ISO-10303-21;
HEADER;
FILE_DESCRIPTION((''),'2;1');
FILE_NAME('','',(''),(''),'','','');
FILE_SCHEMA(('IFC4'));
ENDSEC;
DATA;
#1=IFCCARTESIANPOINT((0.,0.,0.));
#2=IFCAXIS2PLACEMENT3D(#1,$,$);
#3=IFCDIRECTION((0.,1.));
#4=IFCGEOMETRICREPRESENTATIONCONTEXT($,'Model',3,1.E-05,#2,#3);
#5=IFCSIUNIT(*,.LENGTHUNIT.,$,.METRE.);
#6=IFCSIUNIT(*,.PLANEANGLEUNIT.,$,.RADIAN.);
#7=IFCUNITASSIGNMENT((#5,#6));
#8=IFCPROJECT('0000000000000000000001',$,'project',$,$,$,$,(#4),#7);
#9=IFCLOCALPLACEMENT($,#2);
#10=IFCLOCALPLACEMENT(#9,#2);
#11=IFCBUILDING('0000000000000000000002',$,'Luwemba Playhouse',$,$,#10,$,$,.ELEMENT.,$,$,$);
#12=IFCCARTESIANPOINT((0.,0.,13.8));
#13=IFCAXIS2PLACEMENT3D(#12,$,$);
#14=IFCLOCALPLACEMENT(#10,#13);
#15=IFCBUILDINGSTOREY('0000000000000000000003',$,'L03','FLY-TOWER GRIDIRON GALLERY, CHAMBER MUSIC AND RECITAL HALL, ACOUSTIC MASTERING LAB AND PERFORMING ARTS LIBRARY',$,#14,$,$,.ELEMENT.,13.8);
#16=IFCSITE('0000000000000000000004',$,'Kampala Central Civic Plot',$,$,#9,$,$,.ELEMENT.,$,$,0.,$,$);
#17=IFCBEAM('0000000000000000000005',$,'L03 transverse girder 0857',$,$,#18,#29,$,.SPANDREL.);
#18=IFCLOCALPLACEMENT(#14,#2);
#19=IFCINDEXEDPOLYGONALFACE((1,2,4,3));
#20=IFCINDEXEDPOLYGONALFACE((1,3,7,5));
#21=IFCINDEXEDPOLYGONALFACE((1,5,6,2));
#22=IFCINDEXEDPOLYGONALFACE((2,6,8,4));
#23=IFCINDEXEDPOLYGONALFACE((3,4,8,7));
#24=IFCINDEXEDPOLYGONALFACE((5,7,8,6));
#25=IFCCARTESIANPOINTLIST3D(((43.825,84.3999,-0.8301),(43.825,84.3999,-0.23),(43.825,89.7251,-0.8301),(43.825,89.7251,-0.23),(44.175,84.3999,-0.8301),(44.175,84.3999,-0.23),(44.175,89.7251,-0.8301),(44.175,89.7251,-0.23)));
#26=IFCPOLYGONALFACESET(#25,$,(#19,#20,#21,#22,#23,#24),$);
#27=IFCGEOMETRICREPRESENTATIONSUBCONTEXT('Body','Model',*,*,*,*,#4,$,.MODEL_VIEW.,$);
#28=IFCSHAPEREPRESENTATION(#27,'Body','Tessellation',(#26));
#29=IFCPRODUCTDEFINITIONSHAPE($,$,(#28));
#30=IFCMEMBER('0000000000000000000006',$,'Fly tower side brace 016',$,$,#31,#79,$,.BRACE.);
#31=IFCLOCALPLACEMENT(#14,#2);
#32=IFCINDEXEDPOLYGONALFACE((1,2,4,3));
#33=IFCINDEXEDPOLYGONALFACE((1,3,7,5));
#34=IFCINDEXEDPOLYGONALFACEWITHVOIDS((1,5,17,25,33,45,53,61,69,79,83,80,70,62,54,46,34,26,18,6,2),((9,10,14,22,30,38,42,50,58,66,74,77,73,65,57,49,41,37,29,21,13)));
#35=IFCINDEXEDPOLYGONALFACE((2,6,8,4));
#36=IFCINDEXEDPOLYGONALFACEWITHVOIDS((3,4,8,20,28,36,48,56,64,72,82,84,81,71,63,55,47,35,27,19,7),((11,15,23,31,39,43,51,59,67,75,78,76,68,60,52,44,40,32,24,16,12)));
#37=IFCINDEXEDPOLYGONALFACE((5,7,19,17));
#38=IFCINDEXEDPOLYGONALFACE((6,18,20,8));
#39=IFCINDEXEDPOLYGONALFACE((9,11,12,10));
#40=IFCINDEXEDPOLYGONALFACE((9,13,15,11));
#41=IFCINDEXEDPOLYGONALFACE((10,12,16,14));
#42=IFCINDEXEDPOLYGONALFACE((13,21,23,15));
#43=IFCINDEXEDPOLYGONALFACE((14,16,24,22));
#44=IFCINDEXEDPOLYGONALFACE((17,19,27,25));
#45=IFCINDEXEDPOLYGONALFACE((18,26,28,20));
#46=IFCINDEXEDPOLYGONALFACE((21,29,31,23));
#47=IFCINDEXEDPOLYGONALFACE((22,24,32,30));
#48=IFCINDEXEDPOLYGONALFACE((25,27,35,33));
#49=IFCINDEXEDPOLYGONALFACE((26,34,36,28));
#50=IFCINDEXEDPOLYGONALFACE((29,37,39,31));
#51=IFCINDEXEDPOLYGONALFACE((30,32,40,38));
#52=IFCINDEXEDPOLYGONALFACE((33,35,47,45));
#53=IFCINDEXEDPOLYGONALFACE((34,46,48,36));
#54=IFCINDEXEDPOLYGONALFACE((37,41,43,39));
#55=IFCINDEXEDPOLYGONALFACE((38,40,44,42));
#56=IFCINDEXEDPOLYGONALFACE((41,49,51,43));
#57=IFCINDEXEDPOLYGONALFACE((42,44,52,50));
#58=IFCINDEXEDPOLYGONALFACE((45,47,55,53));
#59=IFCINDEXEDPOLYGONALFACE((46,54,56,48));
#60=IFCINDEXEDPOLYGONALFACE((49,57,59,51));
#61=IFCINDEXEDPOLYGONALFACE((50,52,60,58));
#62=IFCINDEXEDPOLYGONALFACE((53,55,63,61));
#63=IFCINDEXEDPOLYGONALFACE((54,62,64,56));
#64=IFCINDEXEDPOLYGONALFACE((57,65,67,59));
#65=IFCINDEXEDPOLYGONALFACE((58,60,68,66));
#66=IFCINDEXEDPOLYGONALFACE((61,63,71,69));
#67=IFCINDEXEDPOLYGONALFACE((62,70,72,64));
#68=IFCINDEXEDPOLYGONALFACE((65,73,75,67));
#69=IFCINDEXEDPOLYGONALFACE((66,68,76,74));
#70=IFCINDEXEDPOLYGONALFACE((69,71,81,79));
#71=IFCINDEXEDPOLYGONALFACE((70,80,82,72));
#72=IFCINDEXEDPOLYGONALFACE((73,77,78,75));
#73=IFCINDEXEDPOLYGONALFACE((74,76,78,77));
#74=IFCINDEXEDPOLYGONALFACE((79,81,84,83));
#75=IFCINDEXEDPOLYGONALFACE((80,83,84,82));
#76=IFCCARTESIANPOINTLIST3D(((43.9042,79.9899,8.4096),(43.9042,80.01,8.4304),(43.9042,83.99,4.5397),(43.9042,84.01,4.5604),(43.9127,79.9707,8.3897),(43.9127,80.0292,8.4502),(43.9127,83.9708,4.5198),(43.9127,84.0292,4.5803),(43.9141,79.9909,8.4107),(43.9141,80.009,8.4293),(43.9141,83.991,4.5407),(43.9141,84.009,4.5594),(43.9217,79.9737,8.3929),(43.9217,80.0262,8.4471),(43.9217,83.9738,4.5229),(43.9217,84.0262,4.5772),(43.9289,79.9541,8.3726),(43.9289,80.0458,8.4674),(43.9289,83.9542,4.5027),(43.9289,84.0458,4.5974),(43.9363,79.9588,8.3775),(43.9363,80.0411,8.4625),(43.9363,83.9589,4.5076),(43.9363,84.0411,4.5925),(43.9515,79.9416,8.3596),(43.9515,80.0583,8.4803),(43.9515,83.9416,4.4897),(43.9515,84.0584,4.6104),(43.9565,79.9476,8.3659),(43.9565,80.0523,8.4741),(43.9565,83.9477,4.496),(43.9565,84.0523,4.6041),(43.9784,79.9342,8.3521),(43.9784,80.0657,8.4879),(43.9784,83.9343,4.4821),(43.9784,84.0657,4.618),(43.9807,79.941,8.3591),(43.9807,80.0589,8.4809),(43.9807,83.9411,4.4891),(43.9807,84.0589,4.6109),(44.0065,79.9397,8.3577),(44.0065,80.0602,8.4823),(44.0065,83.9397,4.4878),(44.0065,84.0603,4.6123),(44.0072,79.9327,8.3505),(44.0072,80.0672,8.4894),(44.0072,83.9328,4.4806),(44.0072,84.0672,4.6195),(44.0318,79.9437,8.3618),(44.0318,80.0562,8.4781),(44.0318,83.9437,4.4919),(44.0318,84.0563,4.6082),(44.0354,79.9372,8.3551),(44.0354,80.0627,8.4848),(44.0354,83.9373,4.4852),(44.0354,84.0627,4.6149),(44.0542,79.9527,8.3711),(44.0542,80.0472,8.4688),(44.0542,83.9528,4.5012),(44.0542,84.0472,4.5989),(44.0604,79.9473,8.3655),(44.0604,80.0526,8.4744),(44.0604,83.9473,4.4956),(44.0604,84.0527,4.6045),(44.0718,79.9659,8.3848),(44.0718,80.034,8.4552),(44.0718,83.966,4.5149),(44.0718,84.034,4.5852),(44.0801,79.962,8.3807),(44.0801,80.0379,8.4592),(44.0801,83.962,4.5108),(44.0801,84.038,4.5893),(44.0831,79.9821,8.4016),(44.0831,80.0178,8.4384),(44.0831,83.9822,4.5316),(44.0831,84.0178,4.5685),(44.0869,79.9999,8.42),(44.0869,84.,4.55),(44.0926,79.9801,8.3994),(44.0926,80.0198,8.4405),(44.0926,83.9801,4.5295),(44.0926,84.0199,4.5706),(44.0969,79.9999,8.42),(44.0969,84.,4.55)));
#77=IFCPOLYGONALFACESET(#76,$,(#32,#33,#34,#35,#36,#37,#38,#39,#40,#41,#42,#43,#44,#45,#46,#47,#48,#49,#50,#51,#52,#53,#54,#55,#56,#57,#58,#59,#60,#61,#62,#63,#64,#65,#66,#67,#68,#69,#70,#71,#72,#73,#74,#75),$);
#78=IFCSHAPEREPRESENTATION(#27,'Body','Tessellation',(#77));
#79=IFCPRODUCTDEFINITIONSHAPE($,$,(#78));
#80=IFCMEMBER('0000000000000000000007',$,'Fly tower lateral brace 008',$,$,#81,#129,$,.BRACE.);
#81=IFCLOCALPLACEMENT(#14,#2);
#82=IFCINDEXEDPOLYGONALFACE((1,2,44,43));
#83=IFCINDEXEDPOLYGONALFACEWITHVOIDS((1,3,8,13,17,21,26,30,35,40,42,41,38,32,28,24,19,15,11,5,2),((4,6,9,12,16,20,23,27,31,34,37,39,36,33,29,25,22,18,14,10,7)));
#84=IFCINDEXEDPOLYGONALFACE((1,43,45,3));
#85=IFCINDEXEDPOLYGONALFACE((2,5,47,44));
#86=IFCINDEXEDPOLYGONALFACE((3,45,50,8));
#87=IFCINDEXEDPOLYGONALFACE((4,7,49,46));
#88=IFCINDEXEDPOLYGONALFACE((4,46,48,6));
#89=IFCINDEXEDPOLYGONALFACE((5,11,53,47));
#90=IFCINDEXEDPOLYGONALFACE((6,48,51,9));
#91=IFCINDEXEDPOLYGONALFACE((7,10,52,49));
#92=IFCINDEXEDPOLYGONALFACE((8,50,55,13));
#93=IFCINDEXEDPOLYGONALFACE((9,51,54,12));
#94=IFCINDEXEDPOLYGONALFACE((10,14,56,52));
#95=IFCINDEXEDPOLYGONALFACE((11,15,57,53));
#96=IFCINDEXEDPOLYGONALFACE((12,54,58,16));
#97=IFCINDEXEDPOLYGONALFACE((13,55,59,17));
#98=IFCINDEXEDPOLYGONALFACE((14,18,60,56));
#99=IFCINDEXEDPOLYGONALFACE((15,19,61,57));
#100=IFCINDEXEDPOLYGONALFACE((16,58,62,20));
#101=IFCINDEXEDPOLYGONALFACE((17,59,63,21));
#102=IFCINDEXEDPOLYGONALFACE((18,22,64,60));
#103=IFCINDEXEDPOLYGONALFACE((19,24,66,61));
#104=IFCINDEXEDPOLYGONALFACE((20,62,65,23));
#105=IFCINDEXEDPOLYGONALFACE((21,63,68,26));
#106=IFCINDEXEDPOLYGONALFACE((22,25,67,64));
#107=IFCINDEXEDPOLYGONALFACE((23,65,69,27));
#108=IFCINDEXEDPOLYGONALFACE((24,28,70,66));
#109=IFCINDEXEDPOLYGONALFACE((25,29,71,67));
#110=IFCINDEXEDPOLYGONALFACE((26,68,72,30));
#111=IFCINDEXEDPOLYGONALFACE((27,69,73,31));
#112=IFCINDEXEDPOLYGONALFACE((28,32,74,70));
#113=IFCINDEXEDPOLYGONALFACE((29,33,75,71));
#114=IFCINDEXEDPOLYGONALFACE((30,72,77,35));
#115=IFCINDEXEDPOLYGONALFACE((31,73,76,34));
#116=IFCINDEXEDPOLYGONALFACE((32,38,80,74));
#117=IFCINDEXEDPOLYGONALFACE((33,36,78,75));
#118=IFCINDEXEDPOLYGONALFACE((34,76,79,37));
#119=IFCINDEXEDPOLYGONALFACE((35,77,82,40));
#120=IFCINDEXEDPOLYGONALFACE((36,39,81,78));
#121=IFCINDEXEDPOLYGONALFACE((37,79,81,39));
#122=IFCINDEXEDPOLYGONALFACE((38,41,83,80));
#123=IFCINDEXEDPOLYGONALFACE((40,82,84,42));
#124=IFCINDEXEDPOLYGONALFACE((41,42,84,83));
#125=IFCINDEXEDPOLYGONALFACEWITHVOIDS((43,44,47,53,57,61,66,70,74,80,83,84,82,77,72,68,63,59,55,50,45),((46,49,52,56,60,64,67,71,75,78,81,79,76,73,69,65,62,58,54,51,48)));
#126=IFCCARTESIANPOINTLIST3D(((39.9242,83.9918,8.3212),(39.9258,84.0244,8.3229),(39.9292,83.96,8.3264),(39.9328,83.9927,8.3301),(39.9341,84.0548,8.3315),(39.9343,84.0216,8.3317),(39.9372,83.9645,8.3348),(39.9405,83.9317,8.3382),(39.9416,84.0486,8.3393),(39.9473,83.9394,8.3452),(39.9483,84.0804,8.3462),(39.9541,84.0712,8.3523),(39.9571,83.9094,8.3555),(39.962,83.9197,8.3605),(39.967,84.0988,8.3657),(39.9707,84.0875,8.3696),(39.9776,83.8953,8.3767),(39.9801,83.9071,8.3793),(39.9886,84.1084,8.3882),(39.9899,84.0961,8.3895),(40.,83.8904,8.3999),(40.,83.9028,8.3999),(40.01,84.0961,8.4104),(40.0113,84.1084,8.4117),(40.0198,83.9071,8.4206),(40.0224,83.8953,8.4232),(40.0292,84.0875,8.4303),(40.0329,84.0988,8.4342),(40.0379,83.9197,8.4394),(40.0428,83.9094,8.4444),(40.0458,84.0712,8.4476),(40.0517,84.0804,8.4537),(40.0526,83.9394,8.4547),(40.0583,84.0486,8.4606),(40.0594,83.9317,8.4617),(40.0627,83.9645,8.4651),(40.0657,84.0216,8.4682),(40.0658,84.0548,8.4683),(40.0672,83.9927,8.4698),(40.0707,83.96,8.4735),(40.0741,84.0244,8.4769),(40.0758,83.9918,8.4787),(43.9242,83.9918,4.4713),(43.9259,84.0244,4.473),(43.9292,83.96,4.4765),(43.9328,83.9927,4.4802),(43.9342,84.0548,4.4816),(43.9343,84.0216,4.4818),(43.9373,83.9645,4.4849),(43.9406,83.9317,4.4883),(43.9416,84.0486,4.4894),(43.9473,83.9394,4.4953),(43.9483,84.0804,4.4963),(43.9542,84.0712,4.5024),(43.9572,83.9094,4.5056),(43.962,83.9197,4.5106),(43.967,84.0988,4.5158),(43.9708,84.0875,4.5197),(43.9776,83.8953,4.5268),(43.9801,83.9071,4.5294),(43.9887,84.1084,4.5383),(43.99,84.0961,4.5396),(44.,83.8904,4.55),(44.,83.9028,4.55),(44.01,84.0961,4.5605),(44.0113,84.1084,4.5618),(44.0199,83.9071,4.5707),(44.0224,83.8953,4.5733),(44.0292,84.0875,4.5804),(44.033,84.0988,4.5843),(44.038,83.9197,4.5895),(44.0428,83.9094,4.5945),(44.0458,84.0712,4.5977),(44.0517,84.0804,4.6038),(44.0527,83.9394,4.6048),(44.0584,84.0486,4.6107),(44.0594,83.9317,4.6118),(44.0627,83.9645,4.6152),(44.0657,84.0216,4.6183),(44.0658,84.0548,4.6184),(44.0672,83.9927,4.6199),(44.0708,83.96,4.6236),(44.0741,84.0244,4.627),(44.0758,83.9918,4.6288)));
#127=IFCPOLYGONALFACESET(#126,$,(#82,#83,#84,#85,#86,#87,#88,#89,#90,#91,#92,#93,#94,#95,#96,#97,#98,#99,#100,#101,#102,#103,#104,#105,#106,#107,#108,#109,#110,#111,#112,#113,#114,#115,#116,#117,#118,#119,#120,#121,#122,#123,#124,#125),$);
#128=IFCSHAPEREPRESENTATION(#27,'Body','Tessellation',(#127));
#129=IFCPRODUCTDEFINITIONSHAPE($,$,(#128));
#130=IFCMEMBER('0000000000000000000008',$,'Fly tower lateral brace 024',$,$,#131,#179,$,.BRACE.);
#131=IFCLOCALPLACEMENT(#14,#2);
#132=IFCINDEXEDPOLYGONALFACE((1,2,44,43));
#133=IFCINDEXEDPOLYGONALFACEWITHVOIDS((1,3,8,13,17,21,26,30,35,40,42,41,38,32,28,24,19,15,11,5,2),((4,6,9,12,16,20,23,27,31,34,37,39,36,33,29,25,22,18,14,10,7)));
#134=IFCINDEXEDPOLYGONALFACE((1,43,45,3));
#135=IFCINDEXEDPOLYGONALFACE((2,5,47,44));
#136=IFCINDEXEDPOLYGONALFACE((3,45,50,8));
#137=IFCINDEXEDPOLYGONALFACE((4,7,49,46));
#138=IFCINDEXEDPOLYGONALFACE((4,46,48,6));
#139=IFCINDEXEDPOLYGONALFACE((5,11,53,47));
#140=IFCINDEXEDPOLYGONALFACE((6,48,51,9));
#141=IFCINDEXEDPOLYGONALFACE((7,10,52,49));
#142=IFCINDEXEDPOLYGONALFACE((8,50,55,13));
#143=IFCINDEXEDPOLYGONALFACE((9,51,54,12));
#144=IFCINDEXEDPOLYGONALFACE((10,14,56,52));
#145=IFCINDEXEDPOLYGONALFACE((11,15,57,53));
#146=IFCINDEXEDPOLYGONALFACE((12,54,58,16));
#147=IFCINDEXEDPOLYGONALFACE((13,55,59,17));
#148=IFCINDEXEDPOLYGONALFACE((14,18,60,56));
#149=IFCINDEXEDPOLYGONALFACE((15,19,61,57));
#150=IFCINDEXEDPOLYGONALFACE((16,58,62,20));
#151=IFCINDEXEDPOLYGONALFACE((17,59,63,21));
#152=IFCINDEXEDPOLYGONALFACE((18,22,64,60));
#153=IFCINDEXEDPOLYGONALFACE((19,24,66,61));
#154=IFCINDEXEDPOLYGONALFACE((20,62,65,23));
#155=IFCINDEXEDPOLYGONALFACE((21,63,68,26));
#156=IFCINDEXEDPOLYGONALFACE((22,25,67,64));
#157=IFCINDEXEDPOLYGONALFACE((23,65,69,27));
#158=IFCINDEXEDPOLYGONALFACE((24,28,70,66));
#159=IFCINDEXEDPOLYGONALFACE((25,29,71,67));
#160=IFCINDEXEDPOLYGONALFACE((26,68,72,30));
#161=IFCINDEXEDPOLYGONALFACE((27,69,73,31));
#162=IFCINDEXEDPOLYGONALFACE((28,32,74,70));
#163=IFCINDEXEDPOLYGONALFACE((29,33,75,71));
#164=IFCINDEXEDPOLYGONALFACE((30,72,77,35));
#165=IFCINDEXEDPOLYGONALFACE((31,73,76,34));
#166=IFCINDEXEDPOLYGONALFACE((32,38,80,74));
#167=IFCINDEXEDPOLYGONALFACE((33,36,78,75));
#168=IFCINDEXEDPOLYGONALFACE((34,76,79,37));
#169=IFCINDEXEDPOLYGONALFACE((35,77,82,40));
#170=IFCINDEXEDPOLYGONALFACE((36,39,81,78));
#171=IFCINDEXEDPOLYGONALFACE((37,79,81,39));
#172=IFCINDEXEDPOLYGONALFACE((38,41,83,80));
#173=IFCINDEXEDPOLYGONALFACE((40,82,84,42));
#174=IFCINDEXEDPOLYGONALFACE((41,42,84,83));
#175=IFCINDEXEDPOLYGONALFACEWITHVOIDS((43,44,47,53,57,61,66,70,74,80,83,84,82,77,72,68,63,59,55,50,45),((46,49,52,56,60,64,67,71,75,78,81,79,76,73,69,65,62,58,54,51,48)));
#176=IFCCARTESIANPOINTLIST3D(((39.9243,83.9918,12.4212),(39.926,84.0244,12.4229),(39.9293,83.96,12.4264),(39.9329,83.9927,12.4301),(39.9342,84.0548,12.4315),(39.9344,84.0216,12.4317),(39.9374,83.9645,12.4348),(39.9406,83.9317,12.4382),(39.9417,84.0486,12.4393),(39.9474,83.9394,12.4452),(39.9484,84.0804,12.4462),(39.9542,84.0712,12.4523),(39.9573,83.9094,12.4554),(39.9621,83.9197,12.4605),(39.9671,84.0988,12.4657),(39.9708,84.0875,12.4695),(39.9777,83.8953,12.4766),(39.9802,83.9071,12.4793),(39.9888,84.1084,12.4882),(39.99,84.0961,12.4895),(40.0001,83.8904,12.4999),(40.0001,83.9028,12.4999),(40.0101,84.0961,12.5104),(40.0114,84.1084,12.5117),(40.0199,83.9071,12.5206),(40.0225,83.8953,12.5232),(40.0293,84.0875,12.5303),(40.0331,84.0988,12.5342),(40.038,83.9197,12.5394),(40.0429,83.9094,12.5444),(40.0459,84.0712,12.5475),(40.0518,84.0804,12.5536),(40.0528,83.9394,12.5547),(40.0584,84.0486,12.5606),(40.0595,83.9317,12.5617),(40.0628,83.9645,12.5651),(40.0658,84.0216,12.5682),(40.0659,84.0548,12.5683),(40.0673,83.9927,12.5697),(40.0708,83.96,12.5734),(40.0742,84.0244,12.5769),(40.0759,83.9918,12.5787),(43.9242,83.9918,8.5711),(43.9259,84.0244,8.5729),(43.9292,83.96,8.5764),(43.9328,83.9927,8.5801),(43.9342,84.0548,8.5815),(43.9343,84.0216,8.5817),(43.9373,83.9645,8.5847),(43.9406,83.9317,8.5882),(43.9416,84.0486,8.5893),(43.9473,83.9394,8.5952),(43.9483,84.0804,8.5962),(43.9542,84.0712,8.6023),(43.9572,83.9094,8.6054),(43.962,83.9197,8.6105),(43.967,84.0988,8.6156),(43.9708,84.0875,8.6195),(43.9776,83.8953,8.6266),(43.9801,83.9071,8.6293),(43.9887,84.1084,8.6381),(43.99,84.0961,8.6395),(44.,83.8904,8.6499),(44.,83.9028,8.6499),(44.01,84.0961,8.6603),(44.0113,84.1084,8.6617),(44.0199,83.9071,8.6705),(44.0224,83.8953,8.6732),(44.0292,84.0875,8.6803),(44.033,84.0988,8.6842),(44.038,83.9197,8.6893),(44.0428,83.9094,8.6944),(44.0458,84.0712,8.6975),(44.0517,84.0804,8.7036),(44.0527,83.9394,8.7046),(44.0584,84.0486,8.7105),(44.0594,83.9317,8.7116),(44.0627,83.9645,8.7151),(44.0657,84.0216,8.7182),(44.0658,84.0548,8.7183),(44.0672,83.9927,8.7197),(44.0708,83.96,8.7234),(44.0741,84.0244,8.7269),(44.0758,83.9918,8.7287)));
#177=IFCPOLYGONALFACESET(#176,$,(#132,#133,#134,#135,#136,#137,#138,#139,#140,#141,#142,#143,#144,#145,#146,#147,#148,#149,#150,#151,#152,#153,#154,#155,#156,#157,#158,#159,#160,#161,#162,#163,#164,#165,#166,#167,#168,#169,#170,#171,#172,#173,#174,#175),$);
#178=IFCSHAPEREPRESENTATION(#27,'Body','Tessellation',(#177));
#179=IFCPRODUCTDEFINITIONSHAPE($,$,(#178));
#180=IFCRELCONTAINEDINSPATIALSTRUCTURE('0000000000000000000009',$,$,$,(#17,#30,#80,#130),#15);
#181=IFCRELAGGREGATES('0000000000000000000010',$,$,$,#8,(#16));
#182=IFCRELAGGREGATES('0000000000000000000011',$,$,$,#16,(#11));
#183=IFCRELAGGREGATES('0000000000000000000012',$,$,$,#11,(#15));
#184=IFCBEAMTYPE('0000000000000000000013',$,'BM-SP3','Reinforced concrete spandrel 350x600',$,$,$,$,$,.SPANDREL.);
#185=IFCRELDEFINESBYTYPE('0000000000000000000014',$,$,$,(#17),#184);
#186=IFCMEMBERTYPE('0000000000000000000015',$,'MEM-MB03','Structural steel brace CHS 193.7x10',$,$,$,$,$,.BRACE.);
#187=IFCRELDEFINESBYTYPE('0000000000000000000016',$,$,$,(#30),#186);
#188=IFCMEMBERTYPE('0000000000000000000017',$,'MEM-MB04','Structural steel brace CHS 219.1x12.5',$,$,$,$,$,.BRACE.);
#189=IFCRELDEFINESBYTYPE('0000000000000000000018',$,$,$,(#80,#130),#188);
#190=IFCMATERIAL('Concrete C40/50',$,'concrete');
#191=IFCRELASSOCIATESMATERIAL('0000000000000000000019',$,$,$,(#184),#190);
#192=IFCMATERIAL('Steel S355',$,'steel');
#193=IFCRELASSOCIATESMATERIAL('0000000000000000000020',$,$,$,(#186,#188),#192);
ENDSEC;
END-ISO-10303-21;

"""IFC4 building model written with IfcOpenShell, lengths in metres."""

from ifc_helpers import new_model, si_unit, direction, frame, origin, origin_2d, place, context, subcontext, project, spatial, rectangle, hollow_circle, extrude, material, material_profile, profile_set, type_object, element, save


model = new_model("IFC4")

# Units and contexts
model_context = context("Model", 3, precision=1e-05, world=origin(), true_north=direction((0.0, 1.0)))
body_context = subcontext(model_context, "Body", "Model", "MODEL_VIEW")
ifc_project = project(units=[si_unit("LENGTHUNIT", "METRE"), si_unit("PLANEANGLEUNIT", "RADIAN")], contexts=[model_context])

# Site, building, storey
site_placement = place(None, origin())
site = spatial("IfcSite", under=ifc_project, at=site_placement, Name="Kampala Central Civic Plot", CompositionType="ELEMENT", RefElevation=0.0)
building_placement = place(site_placement, origin())
building = spatial("IfcBuilding", under=site, at=building_placement, Name="Luwemba Playhouse", CompositionType="ELEMENT")
storey_placement = place(building_placement, frame((0.0, 0.0, 13.8)))
storey = spatial("IfcBuildingStorey", under=building, at=storey_placement, Name="L03", Description="FLY-TOWER GRIDIRON GALLERY, CHAMBER MUSIC AND RECITAL HALL, ACOUSTIC MASTERING LAB AND PERFORMING ARTS LIBRARY", CompositionType="ELEMENT", Elevation=13.8)

# Shared definitions
ifc_material_1 = material(Name="Concrete C40/50", Category="concrete")
ifc_material_2 = material(Name="Steel S355", Category="steel")

# Beam
ifc_material_profile_1 = material_profile(ifc_material_1, rectangle(XDim=0.3501, YDim=0.6001, at=origin_2d()))
ifc_profile_set_1 = profile_set([ifc_material_profile_1], Name="Concrete C40/50")
beam_type_1 = type_object("IfcBeamType", Name="BM-SP3", Description="Reinforced concrete spandrel 350x600", PredefinedType="SPANDREL", material=ifc_profile_set_1)
beam_1_placement = place(storey_placement, frame((44.0, 84.3999, -0.53), z_axis=(0.0, 1.0, 0.0), x_axis=(-1.0, 0.0, 0.0)))
element("IfcBeam", 1, at=beam_1_placement, inside=storey, type_object=beam_type_1, Name="L03 transverse girder 0857", PredefinedType="SPANDREL", context=body_context, shape_type="SweptSolid", body=[
    extrude(rectangle(XDim=0.3501, YDim=0.6001, at=origin_2d()), origin(), (0.0, 0.0, 1.0), 5.3252),
])

# Members
ifc_material_profile_2 = material_profile(ifc_material_2, hollow_circle(Radius=0.0969, WallThickness=0.01, at=origin_2d()))
ifc_profile_set_2 = profile_set([ifc_material_profile_2], Name="Steel S355")
member_type_1 = type_object("IfcMemberType", Name="MEM-MB03", Description="Structural steel brace CHS 193.7x10", PredefinedType="BRACE", material=ifc_profile_set_2)
member_1_placement = place(storey_placement, frame((44.0, 84.0, 4.55), z_axis=(0.0, -0.7187, 0.69532), x_axis=(1.0, 0.0, 0.0)))
element("IfcMember", 2, at=member_1_placement, inside=storey, type_object=member_type_1, Name="Fly tower side brace 016", PredefinedType="BRACE", context=body_context, shape_type="SweptSolid", body=[
    extrude(hollow_circle(Radius=0.0969, WallThickness=0.01, at=origin_2d()), origin(), (0.0, 0.0, 1.0), 5.5657),
])
ifc_material_profile_3 = material_profile(ifc_material_2, hollow_circle(Radius=0.1096, WallThickness=0.0125, at=origin_2d()))
ifc_profile_set_3 = profile_set([ifc_material_profile_3], Name="Steel S355")
member_type_2 = type_object("IfcMemberType", Name="MEM-MB04", Description="Structural steel brace CHS 219.1x12.5", PredefinedType="BRACE", material=ifc_profile_set_3)
for number, where, z_axis, x_axis, name in (
    (3, (44.0, 84.0, 4.55), (-0.7205, 0.0, 0.693455), (0.0, -1.0, 0.0), "Fly tower lateral brace 008"),
    (4, (44.0, 84.0, 8.6499), (-0.720478, 0.0, 0.693478), (0.0, -1.0, 0.0), "Fly tower lateral brace 024"),
):
    element("IfcMember", number, at=place(storey_placement, frame(where, z_axis=z_axis, x_axis=x_axis)), inside=storey, type_object=member_type_2, Name=name, PredefinedType="BRACE", context=body_context, shape_type="SweptSolid", body=[
        extrude(hollow_circle(Radius=0.1096, WallThickness=0.0125, at=origin_2d()), origin(), (0.0, 0.0, 1.0), 5.5518),
    ])

save(model, "model.ifc")
